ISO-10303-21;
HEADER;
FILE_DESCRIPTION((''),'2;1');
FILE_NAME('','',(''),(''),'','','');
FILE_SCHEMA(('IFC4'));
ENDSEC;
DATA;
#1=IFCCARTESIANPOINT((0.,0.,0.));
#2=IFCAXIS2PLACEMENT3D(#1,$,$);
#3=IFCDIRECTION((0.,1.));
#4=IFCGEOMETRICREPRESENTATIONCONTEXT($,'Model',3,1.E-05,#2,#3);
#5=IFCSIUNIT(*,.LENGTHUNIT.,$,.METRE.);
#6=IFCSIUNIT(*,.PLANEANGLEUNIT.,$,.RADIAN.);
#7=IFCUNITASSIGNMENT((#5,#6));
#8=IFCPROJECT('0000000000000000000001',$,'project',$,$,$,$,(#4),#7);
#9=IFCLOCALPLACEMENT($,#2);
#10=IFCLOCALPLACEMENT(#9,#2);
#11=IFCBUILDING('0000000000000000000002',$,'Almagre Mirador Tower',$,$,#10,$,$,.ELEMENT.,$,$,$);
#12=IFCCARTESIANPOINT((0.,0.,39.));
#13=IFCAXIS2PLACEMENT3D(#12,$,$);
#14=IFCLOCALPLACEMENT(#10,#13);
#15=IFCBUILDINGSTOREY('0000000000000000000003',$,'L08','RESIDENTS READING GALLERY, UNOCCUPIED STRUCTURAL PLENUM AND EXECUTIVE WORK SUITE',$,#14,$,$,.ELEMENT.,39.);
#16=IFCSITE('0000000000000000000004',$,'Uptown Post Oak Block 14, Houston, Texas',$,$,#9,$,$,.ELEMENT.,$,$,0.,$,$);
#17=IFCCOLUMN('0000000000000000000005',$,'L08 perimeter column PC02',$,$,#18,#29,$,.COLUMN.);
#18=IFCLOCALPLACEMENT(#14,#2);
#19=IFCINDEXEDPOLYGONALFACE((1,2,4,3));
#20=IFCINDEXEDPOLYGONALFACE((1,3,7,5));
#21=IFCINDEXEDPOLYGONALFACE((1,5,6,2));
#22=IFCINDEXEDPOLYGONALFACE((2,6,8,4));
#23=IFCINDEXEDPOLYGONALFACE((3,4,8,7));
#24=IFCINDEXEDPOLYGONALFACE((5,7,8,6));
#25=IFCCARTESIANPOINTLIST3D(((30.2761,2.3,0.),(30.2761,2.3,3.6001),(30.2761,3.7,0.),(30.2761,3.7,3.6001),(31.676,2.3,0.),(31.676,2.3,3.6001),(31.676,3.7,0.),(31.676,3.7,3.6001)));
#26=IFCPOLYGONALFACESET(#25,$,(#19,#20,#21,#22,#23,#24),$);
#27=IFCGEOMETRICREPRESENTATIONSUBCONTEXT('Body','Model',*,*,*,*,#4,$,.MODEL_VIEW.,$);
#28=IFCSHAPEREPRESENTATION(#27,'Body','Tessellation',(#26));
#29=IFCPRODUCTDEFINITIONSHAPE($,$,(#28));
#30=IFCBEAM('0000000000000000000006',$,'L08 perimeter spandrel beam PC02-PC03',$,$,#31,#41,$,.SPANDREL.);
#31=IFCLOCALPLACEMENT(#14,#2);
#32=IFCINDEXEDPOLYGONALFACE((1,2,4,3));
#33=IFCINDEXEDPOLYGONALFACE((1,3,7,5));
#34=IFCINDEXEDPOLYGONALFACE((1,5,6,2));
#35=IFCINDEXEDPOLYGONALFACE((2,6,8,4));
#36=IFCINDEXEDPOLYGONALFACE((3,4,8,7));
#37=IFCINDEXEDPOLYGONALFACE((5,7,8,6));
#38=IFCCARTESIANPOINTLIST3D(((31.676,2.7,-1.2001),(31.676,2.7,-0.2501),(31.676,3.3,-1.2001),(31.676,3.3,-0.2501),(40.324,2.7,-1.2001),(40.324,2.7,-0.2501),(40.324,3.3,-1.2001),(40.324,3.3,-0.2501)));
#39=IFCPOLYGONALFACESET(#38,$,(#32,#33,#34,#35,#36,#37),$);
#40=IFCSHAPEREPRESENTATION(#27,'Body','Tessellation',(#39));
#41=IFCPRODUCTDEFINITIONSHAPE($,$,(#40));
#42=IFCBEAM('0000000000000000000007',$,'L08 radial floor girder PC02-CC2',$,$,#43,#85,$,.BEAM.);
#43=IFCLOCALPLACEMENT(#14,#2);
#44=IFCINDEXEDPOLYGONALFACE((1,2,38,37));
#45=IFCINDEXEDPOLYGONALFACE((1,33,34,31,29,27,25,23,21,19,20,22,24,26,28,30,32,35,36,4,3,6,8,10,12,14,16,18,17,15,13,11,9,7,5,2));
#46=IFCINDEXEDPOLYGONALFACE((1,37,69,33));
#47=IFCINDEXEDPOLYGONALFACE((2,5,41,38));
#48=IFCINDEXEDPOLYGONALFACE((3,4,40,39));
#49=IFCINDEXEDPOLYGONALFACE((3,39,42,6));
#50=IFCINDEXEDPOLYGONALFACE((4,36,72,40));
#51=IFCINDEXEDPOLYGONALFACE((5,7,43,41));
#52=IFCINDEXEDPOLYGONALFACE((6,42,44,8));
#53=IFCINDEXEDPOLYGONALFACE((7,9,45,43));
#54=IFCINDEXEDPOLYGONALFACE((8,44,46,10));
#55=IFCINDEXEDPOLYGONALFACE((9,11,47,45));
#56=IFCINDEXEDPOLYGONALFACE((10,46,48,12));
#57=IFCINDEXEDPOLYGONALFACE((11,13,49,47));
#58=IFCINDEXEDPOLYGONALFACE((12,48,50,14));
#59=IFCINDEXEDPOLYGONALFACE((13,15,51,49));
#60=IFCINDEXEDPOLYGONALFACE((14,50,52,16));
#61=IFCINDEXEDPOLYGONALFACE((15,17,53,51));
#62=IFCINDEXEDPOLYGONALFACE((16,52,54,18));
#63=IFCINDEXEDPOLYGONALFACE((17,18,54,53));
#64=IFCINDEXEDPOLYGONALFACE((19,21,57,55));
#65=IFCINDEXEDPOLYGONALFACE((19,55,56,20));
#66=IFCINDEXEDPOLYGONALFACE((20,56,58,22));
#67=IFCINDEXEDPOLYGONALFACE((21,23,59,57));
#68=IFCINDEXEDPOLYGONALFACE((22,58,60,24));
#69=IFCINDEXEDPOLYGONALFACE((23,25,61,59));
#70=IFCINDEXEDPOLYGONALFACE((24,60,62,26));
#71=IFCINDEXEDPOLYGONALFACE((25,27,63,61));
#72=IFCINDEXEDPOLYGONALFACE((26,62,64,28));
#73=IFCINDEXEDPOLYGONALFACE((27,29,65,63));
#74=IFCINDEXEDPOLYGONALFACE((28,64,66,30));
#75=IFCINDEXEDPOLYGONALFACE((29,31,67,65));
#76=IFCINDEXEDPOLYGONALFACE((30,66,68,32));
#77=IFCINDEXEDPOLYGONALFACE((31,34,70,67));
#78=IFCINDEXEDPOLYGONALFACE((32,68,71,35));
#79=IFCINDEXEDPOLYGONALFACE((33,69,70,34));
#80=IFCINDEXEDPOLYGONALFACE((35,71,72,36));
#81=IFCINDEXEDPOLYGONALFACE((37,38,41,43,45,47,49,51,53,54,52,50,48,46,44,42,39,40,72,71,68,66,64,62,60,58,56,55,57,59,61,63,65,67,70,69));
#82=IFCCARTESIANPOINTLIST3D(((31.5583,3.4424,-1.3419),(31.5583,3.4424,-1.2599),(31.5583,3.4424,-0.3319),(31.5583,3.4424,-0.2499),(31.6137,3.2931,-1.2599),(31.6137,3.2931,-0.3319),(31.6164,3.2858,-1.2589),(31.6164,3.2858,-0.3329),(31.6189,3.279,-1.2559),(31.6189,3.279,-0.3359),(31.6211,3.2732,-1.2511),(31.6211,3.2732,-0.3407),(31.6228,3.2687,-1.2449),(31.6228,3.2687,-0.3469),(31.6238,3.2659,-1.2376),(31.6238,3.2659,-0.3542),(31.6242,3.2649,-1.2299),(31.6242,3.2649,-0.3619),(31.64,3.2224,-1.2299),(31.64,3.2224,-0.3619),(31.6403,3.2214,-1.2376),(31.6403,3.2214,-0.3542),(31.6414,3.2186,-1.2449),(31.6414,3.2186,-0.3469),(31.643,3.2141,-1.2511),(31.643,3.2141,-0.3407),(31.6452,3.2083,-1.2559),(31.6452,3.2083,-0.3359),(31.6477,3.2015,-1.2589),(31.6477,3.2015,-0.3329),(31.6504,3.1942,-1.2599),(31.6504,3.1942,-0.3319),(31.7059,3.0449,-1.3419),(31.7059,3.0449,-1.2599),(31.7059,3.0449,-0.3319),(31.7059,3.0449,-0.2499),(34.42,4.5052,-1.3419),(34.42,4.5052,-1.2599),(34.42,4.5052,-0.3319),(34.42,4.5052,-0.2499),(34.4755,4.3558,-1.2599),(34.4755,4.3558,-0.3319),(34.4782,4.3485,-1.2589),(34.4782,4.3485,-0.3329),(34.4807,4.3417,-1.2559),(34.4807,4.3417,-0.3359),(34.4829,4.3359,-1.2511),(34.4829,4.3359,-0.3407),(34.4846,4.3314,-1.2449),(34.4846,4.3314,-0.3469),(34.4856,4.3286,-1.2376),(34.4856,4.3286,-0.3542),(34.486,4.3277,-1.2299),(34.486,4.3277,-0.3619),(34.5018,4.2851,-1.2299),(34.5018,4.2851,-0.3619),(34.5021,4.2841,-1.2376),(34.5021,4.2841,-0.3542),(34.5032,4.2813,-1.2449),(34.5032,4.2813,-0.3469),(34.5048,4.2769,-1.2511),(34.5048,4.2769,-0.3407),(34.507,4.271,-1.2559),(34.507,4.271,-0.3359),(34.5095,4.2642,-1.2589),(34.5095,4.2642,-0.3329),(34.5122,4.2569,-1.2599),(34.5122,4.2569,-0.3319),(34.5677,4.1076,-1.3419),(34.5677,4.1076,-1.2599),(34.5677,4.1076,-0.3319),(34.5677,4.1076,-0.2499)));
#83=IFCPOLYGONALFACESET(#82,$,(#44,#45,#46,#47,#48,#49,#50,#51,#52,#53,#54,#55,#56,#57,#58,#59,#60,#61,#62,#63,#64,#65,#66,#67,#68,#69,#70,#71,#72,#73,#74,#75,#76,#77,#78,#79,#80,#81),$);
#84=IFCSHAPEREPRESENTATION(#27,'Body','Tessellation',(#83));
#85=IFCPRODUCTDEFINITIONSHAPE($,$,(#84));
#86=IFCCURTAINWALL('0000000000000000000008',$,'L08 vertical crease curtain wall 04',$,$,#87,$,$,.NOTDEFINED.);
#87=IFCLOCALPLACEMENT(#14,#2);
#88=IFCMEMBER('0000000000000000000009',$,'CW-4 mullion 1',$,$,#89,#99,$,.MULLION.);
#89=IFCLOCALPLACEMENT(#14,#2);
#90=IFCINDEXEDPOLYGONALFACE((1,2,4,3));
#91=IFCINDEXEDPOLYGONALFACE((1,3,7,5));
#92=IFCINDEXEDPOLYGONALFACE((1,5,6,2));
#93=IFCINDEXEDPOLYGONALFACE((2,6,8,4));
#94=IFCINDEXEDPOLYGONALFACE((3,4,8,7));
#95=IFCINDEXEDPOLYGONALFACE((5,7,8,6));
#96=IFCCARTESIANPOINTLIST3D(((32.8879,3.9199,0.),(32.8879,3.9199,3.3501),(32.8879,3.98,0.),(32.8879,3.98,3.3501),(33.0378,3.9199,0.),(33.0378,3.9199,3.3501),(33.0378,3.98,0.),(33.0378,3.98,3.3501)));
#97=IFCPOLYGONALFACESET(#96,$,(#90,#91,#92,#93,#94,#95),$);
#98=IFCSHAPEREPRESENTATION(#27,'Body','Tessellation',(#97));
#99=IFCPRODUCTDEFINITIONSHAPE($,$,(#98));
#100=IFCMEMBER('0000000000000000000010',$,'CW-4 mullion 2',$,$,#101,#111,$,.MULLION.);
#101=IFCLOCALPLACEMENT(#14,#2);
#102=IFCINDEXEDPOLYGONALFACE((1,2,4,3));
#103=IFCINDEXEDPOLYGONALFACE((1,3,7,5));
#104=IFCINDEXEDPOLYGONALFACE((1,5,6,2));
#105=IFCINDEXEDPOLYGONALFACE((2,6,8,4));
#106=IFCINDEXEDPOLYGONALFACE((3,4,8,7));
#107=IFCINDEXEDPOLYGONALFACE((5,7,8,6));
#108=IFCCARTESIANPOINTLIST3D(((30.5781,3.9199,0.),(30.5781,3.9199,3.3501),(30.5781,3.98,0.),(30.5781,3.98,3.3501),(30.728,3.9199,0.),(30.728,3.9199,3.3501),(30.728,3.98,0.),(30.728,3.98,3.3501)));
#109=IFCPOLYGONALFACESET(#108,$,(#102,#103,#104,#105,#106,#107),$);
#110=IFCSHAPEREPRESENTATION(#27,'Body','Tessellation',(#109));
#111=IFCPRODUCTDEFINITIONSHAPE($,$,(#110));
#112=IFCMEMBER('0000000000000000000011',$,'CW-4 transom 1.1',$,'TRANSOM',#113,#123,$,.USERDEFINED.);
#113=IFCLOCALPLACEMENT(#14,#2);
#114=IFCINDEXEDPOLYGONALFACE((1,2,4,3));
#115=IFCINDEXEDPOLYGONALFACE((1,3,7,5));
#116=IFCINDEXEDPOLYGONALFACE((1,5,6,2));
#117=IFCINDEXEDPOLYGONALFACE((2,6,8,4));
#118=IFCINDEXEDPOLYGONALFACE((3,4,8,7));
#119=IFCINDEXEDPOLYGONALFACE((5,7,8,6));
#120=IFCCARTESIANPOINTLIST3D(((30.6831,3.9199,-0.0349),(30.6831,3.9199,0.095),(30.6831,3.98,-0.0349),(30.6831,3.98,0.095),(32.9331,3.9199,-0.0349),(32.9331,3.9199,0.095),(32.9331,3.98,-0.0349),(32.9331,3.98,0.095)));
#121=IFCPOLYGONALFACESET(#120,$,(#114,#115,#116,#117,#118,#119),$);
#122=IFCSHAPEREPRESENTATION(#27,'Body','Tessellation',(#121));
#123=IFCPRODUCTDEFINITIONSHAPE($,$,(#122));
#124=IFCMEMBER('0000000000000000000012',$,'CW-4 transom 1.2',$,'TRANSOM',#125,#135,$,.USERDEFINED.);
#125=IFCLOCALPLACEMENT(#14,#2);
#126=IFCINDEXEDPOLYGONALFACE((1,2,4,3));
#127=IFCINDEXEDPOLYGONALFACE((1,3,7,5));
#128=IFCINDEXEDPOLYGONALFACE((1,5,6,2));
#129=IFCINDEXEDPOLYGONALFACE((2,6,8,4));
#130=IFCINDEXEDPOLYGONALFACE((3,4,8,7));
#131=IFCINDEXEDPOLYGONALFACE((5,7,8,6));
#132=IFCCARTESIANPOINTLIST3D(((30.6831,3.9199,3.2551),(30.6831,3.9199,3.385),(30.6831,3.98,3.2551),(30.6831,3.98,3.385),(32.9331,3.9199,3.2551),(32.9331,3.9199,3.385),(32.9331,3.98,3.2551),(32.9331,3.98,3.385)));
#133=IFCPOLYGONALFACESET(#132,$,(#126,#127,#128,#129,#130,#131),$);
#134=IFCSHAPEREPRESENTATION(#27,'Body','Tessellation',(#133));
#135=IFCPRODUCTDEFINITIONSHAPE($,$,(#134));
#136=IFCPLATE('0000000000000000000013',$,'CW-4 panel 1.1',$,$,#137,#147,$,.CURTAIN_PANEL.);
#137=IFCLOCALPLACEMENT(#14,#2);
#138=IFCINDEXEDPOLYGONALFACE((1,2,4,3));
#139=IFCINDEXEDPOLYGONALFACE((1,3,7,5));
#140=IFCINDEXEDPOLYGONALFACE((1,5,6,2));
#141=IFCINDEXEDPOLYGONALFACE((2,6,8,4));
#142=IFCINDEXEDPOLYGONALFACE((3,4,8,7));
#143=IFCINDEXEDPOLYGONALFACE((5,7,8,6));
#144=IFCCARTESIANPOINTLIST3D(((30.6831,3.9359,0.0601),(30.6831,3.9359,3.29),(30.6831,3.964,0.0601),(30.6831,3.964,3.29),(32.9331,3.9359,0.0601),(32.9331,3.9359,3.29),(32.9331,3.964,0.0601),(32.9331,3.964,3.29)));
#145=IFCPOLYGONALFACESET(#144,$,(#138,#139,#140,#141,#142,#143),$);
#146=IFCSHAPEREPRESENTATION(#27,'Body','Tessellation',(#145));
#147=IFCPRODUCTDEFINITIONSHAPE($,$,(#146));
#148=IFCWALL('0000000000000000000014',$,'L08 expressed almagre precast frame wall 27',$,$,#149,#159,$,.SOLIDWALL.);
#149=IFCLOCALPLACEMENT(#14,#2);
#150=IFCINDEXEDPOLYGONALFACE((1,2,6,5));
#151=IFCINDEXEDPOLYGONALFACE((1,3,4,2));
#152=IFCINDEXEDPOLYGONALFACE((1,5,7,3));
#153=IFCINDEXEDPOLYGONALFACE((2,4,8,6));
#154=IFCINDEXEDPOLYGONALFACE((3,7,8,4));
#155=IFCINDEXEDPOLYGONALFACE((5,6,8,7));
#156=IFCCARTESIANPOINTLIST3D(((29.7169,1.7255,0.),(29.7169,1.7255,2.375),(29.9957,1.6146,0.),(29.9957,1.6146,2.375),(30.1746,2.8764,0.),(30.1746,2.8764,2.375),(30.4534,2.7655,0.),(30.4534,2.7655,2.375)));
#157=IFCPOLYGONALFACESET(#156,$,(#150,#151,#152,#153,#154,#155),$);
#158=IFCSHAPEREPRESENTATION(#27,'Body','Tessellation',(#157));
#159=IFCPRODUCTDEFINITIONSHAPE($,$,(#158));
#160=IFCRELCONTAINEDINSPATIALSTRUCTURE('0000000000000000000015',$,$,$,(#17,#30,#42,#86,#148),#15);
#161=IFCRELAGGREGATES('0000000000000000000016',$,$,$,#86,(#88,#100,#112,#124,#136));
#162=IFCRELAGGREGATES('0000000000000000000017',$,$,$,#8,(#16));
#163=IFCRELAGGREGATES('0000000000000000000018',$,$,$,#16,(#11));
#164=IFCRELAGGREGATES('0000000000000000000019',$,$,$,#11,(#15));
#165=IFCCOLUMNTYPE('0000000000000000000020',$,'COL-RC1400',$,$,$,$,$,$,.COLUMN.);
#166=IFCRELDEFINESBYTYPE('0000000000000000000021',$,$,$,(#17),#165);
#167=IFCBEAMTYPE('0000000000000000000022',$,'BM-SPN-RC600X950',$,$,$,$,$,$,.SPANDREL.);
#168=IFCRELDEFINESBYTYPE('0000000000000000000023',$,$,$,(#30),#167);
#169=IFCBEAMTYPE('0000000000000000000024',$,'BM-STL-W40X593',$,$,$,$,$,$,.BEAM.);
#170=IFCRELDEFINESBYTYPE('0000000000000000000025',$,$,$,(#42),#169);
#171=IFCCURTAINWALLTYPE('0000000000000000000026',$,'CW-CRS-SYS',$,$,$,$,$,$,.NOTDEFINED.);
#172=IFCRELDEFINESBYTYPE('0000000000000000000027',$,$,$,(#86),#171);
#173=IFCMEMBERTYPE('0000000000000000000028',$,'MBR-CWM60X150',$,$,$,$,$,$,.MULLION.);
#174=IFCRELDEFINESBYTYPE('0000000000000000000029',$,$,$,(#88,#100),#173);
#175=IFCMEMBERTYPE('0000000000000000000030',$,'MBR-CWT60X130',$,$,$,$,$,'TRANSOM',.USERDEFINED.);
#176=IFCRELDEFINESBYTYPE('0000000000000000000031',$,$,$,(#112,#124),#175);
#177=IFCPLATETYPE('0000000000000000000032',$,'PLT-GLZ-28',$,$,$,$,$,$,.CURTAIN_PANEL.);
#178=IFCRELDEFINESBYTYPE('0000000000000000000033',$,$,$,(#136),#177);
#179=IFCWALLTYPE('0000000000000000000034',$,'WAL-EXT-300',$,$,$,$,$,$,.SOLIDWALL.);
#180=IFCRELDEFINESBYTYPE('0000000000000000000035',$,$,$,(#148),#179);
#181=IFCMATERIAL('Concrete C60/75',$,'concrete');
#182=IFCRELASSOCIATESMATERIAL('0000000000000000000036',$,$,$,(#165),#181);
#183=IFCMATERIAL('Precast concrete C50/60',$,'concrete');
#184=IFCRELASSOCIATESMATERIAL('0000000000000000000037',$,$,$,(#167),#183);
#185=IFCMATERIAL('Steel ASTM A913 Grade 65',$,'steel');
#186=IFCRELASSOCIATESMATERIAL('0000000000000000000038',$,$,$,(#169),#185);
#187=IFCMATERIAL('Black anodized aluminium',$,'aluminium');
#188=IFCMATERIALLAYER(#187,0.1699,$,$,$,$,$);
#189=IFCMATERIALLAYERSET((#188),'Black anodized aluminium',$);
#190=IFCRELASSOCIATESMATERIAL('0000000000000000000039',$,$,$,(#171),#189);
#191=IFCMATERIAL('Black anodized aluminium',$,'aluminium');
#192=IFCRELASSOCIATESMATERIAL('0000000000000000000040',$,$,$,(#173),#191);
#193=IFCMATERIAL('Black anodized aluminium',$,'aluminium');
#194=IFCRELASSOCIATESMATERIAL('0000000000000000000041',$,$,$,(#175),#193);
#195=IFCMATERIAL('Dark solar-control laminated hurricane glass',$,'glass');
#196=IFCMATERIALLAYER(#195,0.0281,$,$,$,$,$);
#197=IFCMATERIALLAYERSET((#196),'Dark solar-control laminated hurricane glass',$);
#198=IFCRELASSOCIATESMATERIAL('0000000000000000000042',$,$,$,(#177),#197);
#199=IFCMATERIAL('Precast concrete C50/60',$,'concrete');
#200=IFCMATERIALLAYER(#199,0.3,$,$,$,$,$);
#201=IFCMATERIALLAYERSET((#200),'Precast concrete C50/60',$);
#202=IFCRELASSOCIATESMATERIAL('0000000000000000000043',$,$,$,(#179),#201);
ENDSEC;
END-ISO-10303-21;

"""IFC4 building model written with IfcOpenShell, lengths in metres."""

from ifc_helpers import new_model, si_unit, direction, frame, frame_2d, origin, origin_2d, place, context, subcontext, project, spatial, rectangle, i_section, extrude, material, layer, layer_set, material_profile, profile_set, type_object, element, aggregate, save


model = new_model("IFC4")

# Units and contexts
model_context = context("Model", 3, precision=1e-05, world=origin(), true_north=direction((0.0, 1.0)))
body_context = subcontext(model_context, "Body", "Model", "MODEL_VIEW")
ifc_project = project(units=[si_unit("LENGTHUNIT", "METRE"), si_unit("PLANEANGLEUNIT", "RADIAN")], contexts=[model_context])

# Site, building, storey
site_placement = place(None, origin())
site = spatial("IfcSite", under=ifc_project, at=site_placement, Name="Uptown Post Oak Block 14, Houston, Texas", CompositionType="ELEMENT", RefElevation=0.0)
building_placement = place(site_placement, origin())
building = spatial("IfcBuilding", under=site, at=building_placement, Name="Almagre Mirador Tower", CompositionType="ELEMENT")
storey_placement = place(building_placement, frame((0.0, 0.0, 39.0)))
storey = spatial("IfcBuildingStorey", under=building, at=storey_placement, Name="L08", Description="RESIDENTS READING GALLERY, UNOCCUPIED STRUCTURAL PLENUM AND EXECUTIVE WORK SUITE", CompositionType="ELEMENT", Elevation=39.0)

# Column
ifc_material_1 = material(Name="Concrete C60/75", Category="concrete")
ifc_material_profile_1 = material_profile(ifc_material_1, rectangle(XDim=1.3999, YDim=1.3999, at=origin_2d()), Name="RC1400X1400")
ifc_profile_set_1 = profile_set([ifc_material_profile_1], Name="Concrete C60/75")
column_type = type_object("IfcColumnType", Name="COL-RC1400", PredefinedType="COLUMN", material=ifc_profile_set_1)
column_placement = place(storey_placement, frame((30.9761, 3.0, 0.0), z_axis=(0.0, 0.0, 1.0), x_axis=(1.0, 0.0, 0.0)))
element("IfcColumn", 1, at=column_placement, inside=storey, type_object=column_type, Name="L08 perimeter column PC02", PredefinedType="COLUMN", context=body_context, shape_type="SweptSolid", body=[
    extrude(rectangle(XDim=1.3999, YDim=1.3999, at=origin_2d()), origin(), (0.0, 0.0, 1.0), 3.6001),
])

# Beams
ifc_material_2 = material(Name="Precast concrete C50/60", Category="concrete")
ifc_material_profile_2 = material_profile(ifc_material_2, rectangle(XDim=0.6001, YDim=0.95, at=origin_2d()), Name="RC600X950")
ifc_profile_set_2 = profile_set([ifc_material_profile_2], Name="Precast concrete C50/60")
beam_type_1 = type_object("IfcBeamType", Name="BM-SPN-RC600X950", PredefinedType="SPANDREL", material=ifc_profile_set_2)
beam_1_placement = place(storey_placement, frame((31.676, 3.0, -0.7251), z_axis=(1.0, 0.0, 0.0), x_axis=(0.0, 1.0, 0.0)))
element("IfcBeam", 2, at=beam_1_placement, inside=storey, type_object=beam_type_1, Name="L08 perimeter spandrel beam PC02-PC03", PredefinedType="SPANDREL", context=body_context, shape_type="SweptSolid", body=[
    extrude(rectangle(XDim=0.6001, YDim=0.95, at=origin_2d()), origin(), (0.0, 0.0, 1.0), 8.6479),
])
ifc_material_3 = material(Name="Steel ASTM A913 Grade 65", Category="steel")
ifc_material_profile_3 = material_profile(ifc_material_3, i_section(OverallWidth=0.4241, OverallDepth=1.092, WebThickness=0.0454, FlangeThickness=0.082, FilletRadius=0.03, at=origin_2d()), Name="W40X593")
ifc_profile_set_3 = profile_set([ifc_material_profile_3], Name="Steel ASTM A913 Grade 65")
beam_type_2 = type_object("IfcBeamType", Name="BM-STL-W40X593", PredefinedType="BEAM", material=ifc_profile_set_3)
beam_2_placement = place(storey_placement, frame((31.6321, 3.2437, -0.7959), z_axis=(0.937448, 0.348124, 0.0), x_axis=(-0.348124, 0.937448, 0.0)))
element("IfcBeam", 3, at=beam_2_placement, inside=storey, type_object=beam_type_2, Name="L08 radial floor girder PC02-CC2", PredefinedType="BEAM", context=body_context, shape_type="SweptSolid", body=[
    extrude(i_section(OverallWidth=0.4241, OverallDepth=1.092, WebThickness=0.0454, FlangeThickness=0.082, FilletRadius=0.03, at=origin_2d()), origin(), (0.0, 0.0, 1.0), 3.0527),
])

# Curtain wall, members, plate
ifc_material_4 = material(Name="Black anodized aluminium", Category="aluminium")
ifc_layer_1 = layer(ifc_material_4, 0.1699)
ifc_layer_set_1 = layer_set([ifc_layer_1], Name="Black anodized aluminium")
curtain_wall_type = type_object("IfcCurtainWallType", Name="CW-CRS-SYS", PredefinedType="NOTDEFINED", material=ifc_layer_set_1)
curtain_wall_placement = place(storey_placement, origin())
curtain_wall = element("IfcCurtainWall", 4, at=curtain_wall_placement, inside=storey, type_object=curtain_wall_type, Name="L08 vertical crease curtain wall 04", PredefinedType="NOTDEFINED")
ifc_material_5 = material(Name="Black anodized aluminium", Category="aluminium")
ifc_material_profile_4 = material_profile(ifc_material_5, rectangle(XDim=0.0601, YDim=0.1499, at=origin_2d()), Name="CWM60X150")
ifc_profile_set_4 = profile_set([ifc_material_profile_4], Name="Black anodized aluminium")
member_type_1 = type_object("IfcMemberType", Name="MBR-CWM60X150", PredefinedType="MULLION", material=ifc_profile_set_4)
member_1_placement = place(storey_placement, frame((32.9629, 3.95, 0.0), z_axis=(0.0, 0.0, 1.0), x_axis=(0.0, -1.0, 0.0)))
member_1 = element("IfcMember", 5, at=member_1_placement, type_object=member_type_1, Name="CW-4 mullion 1", PredefinedType="MULLION", context=body_context, shape_type="SweptSolid", body=[
    extrude(rectangle(XDim=0.0601, YDim=0.1499, at=origin_2d()), origin(), (0.0, 0.0, 1.0), 3.3501),
])
member_2_placement = place(storey_placement, frame((30.6531, 3.95, 0.0), z_axis=(0.0, 0.0, 1.0), x_axis=(0.0, -1.0, 0.0)))
member_2 = element("IfcMember", 6, at=member_2_placement, type_object=member_type_1, Name="CW-4 mullion 2", PredefinedType="MULLION", context=body_context, shape_type="SweptSolid", body=[
    extrude(rectangle(XDim=0.0601, YDim=0.1499, at=origin_2d()), origin(), (0.0, 0.0, 1.0), 3.3501),
])
ifc_material_6 = material(Name="Black anodized aluminium", Category="aluminium")
ifc_material_profile_5 = material_profile(ifc_material_6, rectangle(XDim=0.0601, YDim=0.1299, at=origin_2d()), Name="CWT60X130")
ifc_profile_set_5 = profile_set([ifc_material_profile_5], Name="Black anodized aluminium")
member_type_2 = type_object("IfcMemberType", Name="MBR-CWT60X130", ElementType="TRANSOM", PredefinedType="USERDEFINED", material=ifc_profile_set_5)
member_3_placement = place(storey_placement, frame((32.9331, 3.95, 0.03), z_axis=(-1.0, 0.0, 0.0), x_axis=(0.0, -1.0, 0.0)))
member_3 = element("IfcMember", 7, at=member_3_placement, type_object=member_type_2, Name="CW-4 transom 1.1", ObjectType="TRANSOM", PredefinedType="USERDEFINED", context=body_context, shape_type="SweptSolid", body=[
    extrude(rectangle(XDim=0.0601, YDim=0.1299, at=origin_2d()), origin(), (0.0, 0.0, 1.0), 2.25),
])
member_4_placement = place(storey_placement, frame((32.9331, 3.95, 3.3201), z_axis=(-1.0, 0.0, 0.0), x_axis=(0.0, -1.0, 0.0)))
member_4 = element("IfcMember", 8, at=member_4_placement, type_object=member_type_2, Name="CW-4 transom 1.2", ObjectType="TRANSOM", PredefinedType="USERDEFINED", context=body_context, shape_type="SweptSolid", body=[
    extrude(rectangle(XDim=0.0601, YDim=0.1299, at=origin_2d()), origin(), (0.0, 0.0, 1.0), 2.25),
])
ifc_material_7 = material(Name="Dark solar-control laminated hurricane glass", Category="glass")
ifc_layer_2 = layer(ifc_material_7, 0.0281)
ifc_layer_set_2 = layer_set([ifc_layer_2], Name="Dark solar-control laminated hurricane glass")
plate_type = type_object("IfcPlateType", Name="PLT-GLZ-28", PredefinedType="CURTAIN_PANEL", material=ifc_layer_set_2)
plate_placement = place(storey_placement, frame((31.8081, 3.95, 0.0601), z_axis=(0.0, 0.0, 1.0), x_axis=(-1.0, 0.0, 0.0)))
plate = element("IfcPlate", 9, at=plate_placement, type_object=plate_type, Name="CW-4 panel 1.1", PredefinedType="CURTAIN_PANEL", context=body_context, shape_type="SweptSolid", body=[
    extrude(rectangle(XDim=2.25, YDim=0.0281, at=origin_2d()), origin(), (0.0, 0.0, 1.0), 3.23),
])
aggregate(curtain_wall, [member_1, member_2, member_3, member_4, plate])

# Wall
ifc_material_8 = material(Name="Precast concrete C50/60", Category="concrete")
ifc_layer_3 = layer(ifc_material_8, 0.3)
ifc_layer_set_3 = layer_set([ifc_layer_3], Name="Precast concrete C50/60")
wall_type_1 = type_object("IfcWallType", Name="WAL-EXT-300", PredefinedType="SOLIDWALL", material=ifc_layer_set_3)
wall_1_placement = place(storey_placement, frame((30.314, 2.8208, 0.0), z_axis=(0.0, 0.0, 1.0), x_axis=(-0.369589, -0.929195, 0.0)))
element("IfcWall", 10, at=wall_1_placement, inside=storey, type_object=wall_type_1, Name="L08 expressed almagre precast frame wall 27", PredefinedType="SOLIDWALL", context=body_context, shape_type="SweptSolid", body=[
    extrude(rectangle(XDim=1.2385, YDim=0.3, at=frame_2d((0.6191, 0.0))), origin(), (0.0, 0.0, 1.0), 2.375),
])

save(model, "model.ifc")
